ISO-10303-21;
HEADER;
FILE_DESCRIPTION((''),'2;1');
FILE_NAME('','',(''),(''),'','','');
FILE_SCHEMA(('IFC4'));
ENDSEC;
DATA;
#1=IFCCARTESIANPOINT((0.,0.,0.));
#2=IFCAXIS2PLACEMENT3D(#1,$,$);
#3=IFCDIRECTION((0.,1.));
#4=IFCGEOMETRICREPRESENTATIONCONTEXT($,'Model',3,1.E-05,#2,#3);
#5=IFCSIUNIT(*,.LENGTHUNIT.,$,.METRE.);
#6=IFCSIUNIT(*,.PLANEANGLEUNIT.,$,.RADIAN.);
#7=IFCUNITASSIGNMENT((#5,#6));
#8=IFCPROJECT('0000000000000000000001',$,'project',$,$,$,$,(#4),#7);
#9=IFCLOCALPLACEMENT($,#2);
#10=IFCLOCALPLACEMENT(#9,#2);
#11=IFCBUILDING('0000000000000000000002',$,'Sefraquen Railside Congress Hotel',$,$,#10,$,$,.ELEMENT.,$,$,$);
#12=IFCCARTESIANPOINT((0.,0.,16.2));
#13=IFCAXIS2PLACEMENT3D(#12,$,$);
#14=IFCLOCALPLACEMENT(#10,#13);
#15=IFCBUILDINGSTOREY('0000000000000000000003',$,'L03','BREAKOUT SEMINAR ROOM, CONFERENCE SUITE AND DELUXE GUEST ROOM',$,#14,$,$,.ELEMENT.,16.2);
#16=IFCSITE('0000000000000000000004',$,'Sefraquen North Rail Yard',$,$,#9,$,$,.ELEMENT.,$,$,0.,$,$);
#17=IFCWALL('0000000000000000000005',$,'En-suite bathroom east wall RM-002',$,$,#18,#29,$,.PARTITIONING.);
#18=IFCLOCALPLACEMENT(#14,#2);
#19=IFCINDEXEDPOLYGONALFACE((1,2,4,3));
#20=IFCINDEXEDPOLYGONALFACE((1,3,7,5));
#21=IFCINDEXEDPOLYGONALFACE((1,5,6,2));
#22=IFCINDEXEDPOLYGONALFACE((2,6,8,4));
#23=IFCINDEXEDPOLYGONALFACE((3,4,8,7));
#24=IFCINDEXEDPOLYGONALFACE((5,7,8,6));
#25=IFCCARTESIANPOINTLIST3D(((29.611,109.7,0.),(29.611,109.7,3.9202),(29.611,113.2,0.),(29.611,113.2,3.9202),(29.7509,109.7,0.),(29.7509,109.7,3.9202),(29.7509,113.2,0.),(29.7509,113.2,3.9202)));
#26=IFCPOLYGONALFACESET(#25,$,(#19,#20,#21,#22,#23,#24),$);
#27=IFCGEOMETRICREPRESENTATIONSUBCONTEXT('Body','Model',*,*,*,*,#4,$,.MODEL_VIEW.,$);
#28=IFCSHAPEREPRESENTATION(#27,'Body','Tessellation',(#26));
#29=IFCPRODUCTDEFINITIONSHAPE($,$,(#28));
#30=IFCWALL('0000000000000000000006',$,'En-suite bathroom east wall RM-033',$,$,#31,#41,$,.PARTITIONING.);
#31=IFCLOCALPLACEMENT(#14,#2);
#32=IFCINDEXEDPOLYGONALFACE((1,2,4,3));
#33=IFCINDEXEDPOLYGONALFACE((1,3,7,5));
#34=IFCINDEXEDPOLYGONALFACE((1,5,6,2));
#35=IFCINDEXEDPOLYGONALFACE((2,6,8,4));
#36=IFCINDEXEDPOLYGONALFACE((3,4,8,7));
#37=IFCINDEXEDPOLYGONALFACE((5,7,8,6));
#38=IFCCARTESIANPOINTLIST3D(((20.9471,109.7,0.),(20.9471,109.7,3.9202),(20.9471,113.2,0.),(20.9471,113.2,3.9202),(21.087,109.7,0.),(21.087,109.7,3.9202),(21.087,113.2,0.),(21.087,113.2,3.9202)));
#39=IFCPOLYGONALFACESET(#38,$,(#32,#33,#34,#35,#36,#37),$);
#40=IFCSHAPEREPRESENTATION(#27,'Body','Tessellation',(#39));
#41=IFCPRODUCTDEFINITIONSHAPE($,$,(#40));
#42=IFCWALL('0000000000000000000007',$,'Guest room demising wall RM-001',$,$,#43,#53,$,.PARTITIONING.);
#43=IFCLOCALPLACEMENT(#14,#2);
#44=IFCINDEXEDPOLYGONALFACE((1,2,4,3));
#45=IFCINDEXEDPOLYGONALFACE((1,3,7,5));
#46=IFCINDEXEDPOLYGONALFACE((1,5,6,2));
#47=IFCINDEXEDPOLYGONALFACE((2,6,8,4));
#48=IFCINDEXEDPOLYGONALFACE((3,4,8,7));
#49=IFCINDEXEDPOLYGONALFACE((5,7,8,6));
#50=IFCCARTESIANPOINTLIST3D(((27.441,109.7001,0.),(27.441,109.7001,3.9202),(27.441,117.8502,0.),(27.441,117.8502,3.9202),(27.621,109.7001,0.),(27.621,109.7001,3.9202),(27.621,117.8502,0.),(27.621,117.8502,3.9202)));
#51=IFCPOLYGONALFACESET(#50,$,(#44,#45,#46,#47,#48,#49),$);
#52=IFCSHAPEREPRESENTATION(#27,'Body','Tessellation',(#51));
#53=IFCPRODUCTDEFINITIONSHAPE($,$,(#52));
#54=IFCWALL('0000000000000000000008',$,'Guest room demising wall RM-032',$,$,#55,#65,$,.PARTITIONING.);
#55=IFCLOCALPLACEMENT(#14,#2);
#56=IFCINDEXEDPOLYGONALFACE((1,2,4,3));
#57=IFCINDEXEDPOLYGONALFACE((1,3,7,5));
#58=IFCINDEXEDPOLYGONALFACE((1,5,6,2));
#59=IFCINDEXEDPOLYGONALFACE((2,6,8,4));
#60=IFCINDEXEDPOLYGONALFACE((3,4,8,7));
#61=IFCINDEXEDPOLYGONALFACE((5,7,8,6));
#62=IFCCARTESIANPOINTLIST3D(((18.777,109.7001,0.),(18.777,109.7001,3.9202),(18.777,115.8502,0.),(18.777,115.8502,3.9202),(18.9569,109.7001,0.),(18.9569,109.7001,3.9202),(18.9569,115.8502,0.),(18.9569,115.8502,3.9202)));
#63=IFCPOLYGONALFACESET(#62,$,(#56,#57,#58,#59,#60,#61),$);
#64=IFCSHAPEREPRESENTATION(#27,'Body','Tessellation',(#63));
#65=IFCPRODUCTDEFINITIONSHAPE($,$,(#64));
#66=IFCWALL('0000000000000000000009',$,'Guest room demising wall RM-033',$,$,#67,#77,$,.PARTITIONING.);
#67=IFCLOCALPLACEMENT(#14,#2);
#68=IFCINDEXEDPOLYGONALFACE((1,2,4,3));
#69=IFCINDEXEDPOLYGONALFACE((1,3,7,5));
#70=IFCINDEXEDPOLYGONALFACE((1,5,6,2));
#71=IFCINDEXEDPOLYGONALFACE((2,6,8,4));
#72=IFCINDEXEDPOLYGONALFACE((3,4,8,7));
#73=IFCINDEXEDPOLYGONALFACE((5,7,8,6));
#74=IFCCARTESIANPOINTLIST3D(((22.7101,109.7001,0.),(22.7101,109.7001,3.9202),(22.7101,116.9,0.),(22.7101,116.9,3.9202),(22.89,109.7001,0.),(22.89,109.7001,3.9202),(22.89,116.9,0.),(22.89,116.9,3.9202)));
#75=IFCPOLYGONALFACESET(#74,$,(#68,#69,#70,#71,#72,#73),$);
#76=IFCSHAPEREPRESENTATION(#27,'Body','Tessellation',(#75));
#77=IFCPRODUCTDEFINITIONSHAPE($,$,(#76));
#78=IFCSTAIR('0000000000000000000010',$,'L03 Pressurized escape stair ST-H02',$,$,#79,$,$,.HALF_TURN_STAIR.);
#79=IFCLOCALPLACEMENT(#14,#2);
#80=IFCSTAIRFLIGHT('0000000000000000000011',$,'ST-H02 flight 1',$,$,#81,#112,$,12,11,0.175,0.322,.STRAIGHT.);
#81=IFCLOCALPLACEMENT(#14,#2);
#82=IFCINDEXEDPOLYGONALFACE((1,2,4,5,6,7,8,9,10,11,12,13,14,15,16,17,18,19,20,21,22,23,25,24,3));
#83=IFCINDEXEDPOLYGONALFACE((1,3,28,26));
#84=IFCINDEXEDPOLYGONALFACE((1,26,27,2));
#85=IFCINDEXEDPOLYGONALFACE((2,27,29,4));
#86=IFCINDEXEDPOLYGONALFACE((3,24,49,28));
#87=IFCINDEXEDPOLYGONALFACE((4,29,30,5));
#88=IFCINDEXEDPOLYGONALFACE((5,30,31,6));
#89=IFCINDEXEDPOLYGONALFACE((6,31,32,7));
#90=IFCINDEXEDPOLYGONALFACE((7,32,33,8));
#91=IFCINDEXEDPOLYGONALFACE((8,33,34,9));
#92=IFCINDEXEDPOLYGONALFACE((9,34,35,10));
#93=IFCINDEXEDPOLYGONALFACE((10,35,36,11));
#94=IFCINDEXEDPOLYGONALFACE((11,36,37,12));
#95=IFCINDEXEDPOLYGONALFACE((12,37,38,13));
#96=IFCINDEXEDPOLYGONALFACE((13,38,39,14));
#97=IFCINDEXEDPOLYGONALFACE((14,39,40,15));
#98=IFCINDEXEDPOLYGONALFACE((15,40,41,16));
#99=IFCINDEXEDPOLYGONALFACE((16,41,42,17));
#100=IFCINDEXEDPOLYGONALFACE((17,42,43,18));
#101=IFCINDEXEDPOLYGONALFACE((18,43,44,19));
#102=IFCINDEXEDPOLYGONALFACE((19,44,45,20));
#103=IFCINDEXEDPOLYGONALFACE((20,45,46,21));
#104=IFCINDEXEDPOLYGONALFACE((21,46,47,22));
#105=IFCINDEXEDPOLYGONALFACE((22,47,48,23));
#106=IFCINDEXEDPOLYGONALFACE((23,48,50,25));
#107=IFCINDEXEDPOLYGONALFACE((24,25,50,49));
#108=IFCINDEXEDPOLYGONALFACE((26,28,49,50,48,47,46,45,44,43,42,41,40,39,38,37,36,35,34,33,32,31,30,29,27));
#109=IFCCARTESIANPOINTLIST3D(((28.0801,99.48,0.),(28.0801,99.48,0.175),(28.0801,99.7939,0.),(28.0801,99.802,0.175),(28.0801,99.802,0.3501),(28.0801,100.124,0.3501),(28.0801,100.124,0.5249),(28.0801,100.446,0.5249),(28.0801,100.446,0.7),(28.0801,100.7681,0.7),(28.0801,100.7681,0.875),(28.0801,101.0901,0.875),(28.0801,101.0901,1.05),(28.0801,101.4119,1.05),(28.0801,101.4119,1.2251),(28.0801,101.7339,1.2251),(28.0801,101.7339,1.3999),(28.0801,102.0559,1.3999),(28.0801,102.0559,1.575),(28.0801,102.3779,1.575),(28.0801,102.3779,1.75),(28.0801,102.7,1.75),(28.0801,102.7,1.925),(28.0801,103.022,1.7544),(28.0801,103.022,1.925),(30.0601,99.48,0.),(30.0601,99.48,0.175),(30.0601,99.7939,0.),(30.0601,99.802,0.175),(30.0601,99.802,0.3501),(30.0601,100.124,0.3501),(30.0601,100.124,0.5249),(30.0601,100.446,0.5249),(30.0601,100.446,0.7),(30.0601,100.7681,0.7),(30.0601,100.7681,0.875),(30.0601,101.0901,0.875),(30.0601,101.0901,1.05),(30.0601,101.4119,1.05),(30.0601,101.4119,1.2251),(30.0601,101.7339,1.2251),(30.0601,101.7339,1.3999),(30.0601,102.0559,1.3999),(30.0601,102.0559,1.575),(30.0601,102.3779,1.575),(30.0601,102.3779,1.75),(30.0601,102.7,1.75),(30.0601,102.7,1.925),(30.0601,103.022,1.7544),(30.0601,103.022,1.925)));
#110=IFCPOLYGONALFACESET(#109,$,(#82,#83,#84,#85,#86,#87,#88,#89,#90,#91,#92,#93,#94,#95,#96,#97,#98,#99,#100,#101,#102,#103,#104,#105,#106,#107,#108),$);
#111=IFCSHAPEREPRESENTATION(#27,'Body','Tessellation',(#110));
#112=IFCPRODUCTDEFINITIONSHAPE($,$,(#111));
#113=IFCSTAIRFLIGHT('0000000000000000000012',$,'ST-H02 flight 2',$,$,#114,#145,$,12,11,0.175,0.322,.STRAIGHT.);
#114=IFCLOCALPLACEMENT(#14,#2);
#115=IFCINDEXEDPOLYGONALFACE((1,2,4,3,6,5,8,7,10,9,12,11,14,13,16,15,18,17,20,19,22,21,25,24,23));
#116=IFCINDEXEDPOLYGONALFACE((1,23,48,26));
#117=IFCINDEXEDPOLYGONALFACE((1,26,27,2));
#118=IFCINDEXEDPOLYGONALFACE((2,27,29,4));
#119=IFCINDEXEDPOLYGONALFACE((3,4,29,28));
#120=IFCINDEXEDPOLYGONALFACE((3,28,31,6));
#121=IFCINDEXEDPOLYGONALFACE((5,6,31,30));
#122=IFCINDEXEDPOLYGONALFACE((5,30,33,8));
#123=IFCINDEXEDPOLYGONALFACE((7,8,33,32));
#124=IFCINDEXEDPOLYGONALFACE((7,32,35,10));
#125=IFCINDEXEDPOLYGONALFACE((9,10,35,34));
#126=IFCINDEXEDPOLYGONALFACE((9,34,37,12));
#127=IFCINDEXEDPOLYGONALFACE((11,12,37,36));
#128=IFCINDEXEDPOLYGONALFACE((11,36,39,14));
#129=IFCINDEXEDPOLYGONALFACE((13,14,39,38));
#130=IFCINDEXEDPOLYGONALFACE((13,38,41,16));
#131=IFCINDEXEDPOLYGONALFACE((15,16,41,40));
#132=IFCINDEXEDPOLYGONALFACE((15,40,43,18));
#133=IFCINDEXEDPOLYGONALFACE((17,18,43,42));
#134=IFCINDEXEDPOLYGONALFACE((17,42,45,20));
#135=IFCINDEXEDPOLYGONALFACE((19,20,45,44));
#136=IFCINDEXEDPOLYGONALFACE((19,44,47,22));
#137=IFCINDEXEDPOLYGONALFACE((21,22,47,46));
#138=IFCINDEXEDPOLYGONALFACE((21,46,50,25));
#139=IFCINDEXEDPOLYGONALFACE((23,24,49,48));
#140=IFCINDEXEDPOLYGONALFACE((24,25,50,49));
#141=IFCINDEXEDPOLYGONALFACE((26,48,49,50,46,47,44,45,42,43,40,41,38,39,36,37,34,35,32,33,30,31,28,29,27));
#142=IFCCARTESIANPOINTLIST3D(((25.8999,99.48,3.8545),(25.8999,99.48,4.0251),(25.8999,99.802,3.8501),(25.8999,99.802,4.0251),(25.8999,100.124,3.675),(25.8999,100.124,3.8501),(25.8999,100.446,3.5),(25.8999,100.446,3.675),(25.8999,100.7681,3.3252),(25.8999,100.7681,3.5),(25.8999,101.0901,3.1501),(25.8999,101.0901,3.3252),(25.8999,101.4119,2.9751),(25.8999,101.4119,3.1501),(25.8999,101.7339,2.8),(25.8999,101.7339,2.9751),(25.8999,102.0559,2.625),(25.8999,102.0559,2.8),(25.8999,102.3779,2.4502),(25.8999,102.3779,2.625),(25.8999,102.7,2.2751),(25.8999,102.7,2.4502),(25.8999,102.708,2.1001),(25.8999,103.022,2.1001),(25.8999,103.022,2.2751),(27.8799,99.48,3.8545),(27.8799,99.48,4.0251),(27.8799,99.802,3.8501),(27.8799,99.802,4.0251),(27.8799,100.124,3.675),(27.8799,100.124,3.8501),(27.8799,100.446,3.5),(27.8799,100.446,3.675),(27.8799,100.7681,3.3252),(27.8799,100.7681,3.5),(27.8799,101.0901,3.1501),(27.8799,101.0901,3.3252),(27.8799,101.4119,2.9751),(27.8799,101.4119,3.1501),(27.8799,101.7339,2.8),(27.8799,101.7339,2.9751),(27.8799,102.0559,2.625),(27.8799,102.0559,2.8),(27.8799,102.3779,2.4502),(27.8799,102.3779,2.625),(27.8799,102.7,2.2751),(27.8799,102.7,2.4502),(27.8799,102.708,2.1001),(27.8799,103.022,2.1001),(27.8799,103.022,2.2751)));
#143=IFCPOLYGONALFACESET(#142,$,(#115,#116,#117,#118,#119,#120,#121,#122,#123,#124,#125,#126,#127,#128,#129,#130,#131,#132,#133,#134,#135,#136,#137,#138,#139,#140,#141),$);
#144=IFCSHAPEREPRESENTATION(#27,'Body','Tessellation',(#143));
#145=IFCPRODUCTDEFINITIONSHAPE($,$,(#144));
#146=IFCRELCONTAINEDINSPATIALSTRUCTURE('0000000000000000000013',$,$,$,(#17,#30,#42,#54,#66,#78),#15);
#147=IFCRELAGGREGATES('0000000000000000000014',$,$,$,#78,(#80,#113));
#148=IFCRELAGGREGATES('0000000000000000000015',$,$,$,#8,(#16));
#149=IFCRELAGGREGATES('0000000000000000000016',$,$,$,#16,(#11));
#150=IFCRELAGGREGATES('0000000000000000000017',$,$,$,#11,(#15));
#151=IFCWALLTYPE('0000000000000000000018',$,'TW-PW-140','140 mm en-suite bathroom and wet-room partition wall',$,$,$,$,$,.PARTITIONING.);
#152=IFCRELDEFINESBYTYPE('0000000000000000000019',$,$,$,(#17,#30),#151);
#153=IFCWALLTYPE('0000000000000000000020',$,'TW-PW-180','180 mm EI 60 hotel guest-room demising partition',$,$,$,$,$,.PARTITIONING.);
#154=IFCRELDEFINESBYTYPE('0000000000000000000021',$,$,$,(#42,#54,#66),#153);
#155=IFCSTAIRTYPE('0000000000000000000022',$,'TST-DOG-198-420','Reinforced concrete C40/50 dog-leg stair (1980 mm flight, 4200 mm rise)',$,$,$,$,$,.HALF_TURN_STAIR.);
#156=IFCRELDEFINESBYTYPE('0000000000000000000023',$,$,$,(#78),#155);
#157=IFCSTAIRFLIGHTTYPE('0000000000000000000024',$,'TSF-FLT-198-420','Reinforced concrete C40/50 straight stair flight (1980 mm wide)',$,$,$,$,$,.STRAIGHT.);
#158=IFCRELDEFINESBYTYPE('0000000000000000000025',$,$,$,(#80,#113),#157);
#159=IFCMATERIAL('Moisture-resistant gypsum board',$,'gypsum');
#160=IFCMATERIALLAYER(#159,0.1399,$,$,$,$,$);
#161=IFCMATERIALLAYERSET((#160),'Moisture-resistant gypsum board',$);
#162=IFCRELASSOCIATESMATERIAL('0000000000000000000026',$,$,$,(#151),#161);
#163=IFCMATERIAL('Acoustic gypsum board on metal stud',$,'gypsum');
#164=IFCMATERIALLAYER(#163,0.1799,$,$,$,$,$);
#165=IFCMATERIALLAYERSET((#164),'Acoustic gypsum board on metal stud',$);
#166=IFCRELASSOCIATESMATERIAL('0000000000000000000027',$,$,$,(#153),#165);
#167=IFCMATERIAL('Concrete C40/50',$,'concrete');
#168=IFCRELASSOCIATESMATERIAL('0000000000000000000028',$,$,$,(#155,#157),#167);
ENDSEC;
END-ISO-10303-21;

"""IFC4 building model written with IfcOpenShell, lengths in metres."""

from ifc_helpers import new_model, si_unit, direction, frame, frame_2d, origin, place, context, subcontext, project, spatial, polyline, rectangle, outline, extrude, material, layer, layer_set, type_object, element, aggregate, save


model = new_model("IFC4")

# Units and contexts
model_context = context("Model", 3, precision=1e-05, world=origin(), true_north=direction((0.0, 1.0)))
body_context = subcontext(model_context, "Body", "Model", "MODEL_VIEW")
ifc_project = project(units=[si_unit("LENGTHUNIT", "METRE"), si_unit("PLANEANGLEUNIT", "RADIAN")], contexts=[model_context])

# Site, building, storey
site_placement = place(None, origin())
site = spatial("IfcSite", under=ifc_project, at=site_placement, Name="Sefraquen North Rail Yard", CompositionType="ELEMENT", RefElevation=0.0)
building_placement = place(site_placement, origin())
building = spatial("IfcBuilding", under=site, at=building_placement, Name="Sefraquen Railside Congress Hotel", CompositionType="ELEMENT")
storey_placement = place(building_placement, frame((0.0, 0.0, 16.2)))
storey = spatial("IfcBuildingStorey", under=building, at=storey_placement, Name="L03", Description="BREAKOUT SEMINAR ROOM, CONFERENCE SUITE AND DELUXE GUEST ROOM", CompositionType="ELEMENT", Elevation=16.2)

# Shared definitions
ifc_material_1 = material(Name="Concrete C40/50", Category="concrete")

# Walls
ifc_material_2 = material(Name="Moisture-resistant gypsum board", Category="gypsum")
ifc_layer_1 = layer(ifc_material_2, 0.1399)
ifc_layer_set_1 = layer_set([ifc_layer_1], Name="Moisture-resistant gypsum board")
wall_type_1 = type_object("IfcWallType", Name="TW-PW-140", Description="140 mm en-suite bathroom and wet-room partition wall", PredefinedType="PARTITIONING", material=ifc_layer_set_1)
for number, where, z_axis, x_axis, name in (
    (1, (29.6809, 109.7, 0.0), (0.0, 0.0, 1.0), (0.0, 1.0, 0.0), "En-suite bathroom east wall RM-002"),
    (2, (21.0171, 109.7, 0.0), (0.0, 0.0, 1.0), (0.0, 1.0, 0.0), "En-suite bathroom east wall RM-033"),
):
    element("IfcWall", number, at=place(storey_placement, frame(where, z_axis=z_axis, x_axis=x_axis)), inside=storey, type_object=wall_type_1, Name=name, PredefinedType="PARTITIONING", context=body_context, shape_type="SweptSolid", body=[
        extrude(rectangle(XDim=3.5, YDim=0.1399, at=frame_2d((1.75, 0.0))), origin(), (0.0, 0.0, 1.0), 3.9202),
    ])
ifc_material_3 = material(Name="Acoustic gypsum board on metal stud", Category="gypsum")
ifc_layer_2 = layer(ifc_material_3, 0.1799)
ifc_layer_set_2 = layer_set([ifc_layer_2], Name="Acoustic gypsum board on metal stud")
wall_type_2 = type_object("IfcWallType", Name="TW-PW-180", Description="180 mm EI 60 hotel guest-room demising partition", PredefinedType="PARTITIONING", material=ifc_layer_set_2)
wall_1_placement = place(storey_placement, frame((27.531, 109.7, 0.0), z_axis=(0.0, 0.0, 1.0), x_axis=(0.0, 1.0, 0.0)))
element("IfcWall", 3, at=wall_1_placement, inside=storey, type_object=wall_type_2, Name="Guest room demising wall RM-001", PredefinedType="PARTITIONING", context=body_context, shape_type="SweptSolid", body=[
    extrude(rectangle(XDim=8.1501, YDim=0.1799, at=frame_2d((4.0752, 0.0))), origin(), (0.0, 0.0, 1.0), 3.9202),
])
wall_2_placement = place(storey_placement, frame((18.8669, 109.7, 0.0), z_axis=(0.0, 0.0, 1.0), x_axis=(0.0, 1.0, 0.0)))
element("IfcWall", 4, at=wall_2_placement, inside=storey, type_object=wall_type_2, Name="Guest room demising wall RM-032", PredefinedType="PARTITIONING", context=body_context, shape_type="SweptSolid", body=[
    extrude(rectangle(XDim=6.1501, YDim=0.1799, at=frame_2d((3.0752, 0.0))), origin(), (0.0, 0.0, 1.0), 3.9202),
])
wall_3_placement = place(storey_placement, frame((22.8, 109.7, 0.0), z_axis=(0.0, 0.0, 1.0), x_axis=(0.0, 1.0, 0.0)))
element("IfcWall", 5, at=wall_3_placement, inside=storey, type_object=wall_type_2, Name="Guest room demising wall RM-033", PredefinedType="PARTITIONING", context=body_context, shape_type="SweptSolid", body=[
    extrude(rectangle(XDim=7.2, YDim=0.1799, at=frame_2d((3.6001, 0.0))), origin(), (0.0, 0.0, 1.0), 3.9202),
])

# Stair, stair flights
stair_type = type_object("IfcStairType", Name="TST-DOG-198-420", Description="Reinforced concrete C40/50 dog-leg stair (1980 mm flight, 4200 mm rise)", PredefinedType="HALF_TURN_STAIR", material=ifc_material_1)
stair_placement = place(storey_placement, origin())
stair = element("IfcStair", 6, at=stair_placement, inside=storey, type_object=stair_type, Name="L03 Pressurized escape stair ST-H02", PredefinedType="HALF_TURN_STAIR")
stair_flight_type = type_object("IfcStairFlightType", Name="TSF-FLT-198-420", Description="Reinforced concrete C40/50 straight stair flight (1980 mm wide)", PredefinedType="STRAIGHT", material=ifc_material_1)
stair_flight_1_placement = place(storey_placement, frame((29.0701, 99.48, 0.0), z_axis=(0.0, 0.0, 1.0), x_axis=(0.0, 1.0, 0.0)))
stair_flight_1 = element("IfcStairFlight", 7, at=stair_flight_1_placement, type_object=stair_flight_type, Name="ST-H02 flight 1", NumberOfRisers=12, NumberOfTreads=11, PredefinedType="STRAIGHT", RiserHeight=0.175, TreadLength=0.322, context=body_context, shape_type="SweptSolid", body=[
    extrude(outline(polyline([(0.0, 0.0), (0.0, 0.175), (0.322, 0.175), (0.322, 0.3501), (0.644, 0.3501), (0.644, 0.5249), (0.9661, 0.5249), (0.9661, 0.7), (1.2881, 0.7), (1.2881, 0.875), (1.6101, 0.875), (1.6101, 1.05), (1.9319, 1.05), (1.9319, 1.2251), (2.2539, 1.2251), (2.2539, 1.3999), (2.5759, 1.3999), (2.5759, 1.575), (2.8979, 1.575), (2.8979, 1.75), (3.22, 1.75), (3.22, 1.925), (3.542, 1.925), (3.542, 2.1001), (3.542, 1.7544), (0.314, 0.0), (0.0, 0.0)])), frame((0.0, 0.99, 0.0), z_axis=(0.0, -1.0, 0.0), x_axis=(1.0, 0.0, 0.0)), (0.0, 0.0, 1.0), 1.98),
])
stair_flight_2_placement = place(storey_placement, frame((26.8899, 103.022, 2.1001), z_axis=(0.0, 0.0, 1.0), x_axis=(0.0, -1.0, 0.0)))
stair_flight_2 = element("IfcStairFlight", 8, at=stair_flight_2_placement, type_object=stair_flight_type, Name="ST-H02 flight 2", NumberOfRisers=12, NumberOfTreads=11, PredefinedType="STRAIGHT", RiserHeight=0.175, TreadLength=0.322, context=body_context, shape_type="SweptSolid", body=[
    extrude(outline(polyline([(0.0, 0.0), (0.0, 0.175), (0.322, 0.175), (0.322, 0.3501), (0.644, 0.3501), (0.644, 0.5249), (0.9661, 0.5249), (0.9661, 0.7), (1.2881, 0.7), (1.2881, 0.875), (1.6101, 0.875), (1.6101, 1.05), (1.9319, 1.05), (1.9319, 1.2251), (2.2539, 1.2251), (2.2539, 1.3999), (2.5759, 1.3999), (2.5759, 1.575), (2.8979, 1.575), (2.8979, 1.75), (3.22, 1.75), (3.22, 1.925), (3.542, 1.925), (3.542, 2.1001), (3.542, 1.7544), (0.314, 0.0), (0.0, 0.0)])), frame((0.0, 0.99, 0.0), z_axis=(0.0, -1.0, 0.0), x_axis=(1.0, 0.0, 0.0)), (0.0, 0.0, 1.0), 1.98),
])
aggregate(stair, [stair_flight_1, stair_flight_2])

save(model, "model.ifc")
